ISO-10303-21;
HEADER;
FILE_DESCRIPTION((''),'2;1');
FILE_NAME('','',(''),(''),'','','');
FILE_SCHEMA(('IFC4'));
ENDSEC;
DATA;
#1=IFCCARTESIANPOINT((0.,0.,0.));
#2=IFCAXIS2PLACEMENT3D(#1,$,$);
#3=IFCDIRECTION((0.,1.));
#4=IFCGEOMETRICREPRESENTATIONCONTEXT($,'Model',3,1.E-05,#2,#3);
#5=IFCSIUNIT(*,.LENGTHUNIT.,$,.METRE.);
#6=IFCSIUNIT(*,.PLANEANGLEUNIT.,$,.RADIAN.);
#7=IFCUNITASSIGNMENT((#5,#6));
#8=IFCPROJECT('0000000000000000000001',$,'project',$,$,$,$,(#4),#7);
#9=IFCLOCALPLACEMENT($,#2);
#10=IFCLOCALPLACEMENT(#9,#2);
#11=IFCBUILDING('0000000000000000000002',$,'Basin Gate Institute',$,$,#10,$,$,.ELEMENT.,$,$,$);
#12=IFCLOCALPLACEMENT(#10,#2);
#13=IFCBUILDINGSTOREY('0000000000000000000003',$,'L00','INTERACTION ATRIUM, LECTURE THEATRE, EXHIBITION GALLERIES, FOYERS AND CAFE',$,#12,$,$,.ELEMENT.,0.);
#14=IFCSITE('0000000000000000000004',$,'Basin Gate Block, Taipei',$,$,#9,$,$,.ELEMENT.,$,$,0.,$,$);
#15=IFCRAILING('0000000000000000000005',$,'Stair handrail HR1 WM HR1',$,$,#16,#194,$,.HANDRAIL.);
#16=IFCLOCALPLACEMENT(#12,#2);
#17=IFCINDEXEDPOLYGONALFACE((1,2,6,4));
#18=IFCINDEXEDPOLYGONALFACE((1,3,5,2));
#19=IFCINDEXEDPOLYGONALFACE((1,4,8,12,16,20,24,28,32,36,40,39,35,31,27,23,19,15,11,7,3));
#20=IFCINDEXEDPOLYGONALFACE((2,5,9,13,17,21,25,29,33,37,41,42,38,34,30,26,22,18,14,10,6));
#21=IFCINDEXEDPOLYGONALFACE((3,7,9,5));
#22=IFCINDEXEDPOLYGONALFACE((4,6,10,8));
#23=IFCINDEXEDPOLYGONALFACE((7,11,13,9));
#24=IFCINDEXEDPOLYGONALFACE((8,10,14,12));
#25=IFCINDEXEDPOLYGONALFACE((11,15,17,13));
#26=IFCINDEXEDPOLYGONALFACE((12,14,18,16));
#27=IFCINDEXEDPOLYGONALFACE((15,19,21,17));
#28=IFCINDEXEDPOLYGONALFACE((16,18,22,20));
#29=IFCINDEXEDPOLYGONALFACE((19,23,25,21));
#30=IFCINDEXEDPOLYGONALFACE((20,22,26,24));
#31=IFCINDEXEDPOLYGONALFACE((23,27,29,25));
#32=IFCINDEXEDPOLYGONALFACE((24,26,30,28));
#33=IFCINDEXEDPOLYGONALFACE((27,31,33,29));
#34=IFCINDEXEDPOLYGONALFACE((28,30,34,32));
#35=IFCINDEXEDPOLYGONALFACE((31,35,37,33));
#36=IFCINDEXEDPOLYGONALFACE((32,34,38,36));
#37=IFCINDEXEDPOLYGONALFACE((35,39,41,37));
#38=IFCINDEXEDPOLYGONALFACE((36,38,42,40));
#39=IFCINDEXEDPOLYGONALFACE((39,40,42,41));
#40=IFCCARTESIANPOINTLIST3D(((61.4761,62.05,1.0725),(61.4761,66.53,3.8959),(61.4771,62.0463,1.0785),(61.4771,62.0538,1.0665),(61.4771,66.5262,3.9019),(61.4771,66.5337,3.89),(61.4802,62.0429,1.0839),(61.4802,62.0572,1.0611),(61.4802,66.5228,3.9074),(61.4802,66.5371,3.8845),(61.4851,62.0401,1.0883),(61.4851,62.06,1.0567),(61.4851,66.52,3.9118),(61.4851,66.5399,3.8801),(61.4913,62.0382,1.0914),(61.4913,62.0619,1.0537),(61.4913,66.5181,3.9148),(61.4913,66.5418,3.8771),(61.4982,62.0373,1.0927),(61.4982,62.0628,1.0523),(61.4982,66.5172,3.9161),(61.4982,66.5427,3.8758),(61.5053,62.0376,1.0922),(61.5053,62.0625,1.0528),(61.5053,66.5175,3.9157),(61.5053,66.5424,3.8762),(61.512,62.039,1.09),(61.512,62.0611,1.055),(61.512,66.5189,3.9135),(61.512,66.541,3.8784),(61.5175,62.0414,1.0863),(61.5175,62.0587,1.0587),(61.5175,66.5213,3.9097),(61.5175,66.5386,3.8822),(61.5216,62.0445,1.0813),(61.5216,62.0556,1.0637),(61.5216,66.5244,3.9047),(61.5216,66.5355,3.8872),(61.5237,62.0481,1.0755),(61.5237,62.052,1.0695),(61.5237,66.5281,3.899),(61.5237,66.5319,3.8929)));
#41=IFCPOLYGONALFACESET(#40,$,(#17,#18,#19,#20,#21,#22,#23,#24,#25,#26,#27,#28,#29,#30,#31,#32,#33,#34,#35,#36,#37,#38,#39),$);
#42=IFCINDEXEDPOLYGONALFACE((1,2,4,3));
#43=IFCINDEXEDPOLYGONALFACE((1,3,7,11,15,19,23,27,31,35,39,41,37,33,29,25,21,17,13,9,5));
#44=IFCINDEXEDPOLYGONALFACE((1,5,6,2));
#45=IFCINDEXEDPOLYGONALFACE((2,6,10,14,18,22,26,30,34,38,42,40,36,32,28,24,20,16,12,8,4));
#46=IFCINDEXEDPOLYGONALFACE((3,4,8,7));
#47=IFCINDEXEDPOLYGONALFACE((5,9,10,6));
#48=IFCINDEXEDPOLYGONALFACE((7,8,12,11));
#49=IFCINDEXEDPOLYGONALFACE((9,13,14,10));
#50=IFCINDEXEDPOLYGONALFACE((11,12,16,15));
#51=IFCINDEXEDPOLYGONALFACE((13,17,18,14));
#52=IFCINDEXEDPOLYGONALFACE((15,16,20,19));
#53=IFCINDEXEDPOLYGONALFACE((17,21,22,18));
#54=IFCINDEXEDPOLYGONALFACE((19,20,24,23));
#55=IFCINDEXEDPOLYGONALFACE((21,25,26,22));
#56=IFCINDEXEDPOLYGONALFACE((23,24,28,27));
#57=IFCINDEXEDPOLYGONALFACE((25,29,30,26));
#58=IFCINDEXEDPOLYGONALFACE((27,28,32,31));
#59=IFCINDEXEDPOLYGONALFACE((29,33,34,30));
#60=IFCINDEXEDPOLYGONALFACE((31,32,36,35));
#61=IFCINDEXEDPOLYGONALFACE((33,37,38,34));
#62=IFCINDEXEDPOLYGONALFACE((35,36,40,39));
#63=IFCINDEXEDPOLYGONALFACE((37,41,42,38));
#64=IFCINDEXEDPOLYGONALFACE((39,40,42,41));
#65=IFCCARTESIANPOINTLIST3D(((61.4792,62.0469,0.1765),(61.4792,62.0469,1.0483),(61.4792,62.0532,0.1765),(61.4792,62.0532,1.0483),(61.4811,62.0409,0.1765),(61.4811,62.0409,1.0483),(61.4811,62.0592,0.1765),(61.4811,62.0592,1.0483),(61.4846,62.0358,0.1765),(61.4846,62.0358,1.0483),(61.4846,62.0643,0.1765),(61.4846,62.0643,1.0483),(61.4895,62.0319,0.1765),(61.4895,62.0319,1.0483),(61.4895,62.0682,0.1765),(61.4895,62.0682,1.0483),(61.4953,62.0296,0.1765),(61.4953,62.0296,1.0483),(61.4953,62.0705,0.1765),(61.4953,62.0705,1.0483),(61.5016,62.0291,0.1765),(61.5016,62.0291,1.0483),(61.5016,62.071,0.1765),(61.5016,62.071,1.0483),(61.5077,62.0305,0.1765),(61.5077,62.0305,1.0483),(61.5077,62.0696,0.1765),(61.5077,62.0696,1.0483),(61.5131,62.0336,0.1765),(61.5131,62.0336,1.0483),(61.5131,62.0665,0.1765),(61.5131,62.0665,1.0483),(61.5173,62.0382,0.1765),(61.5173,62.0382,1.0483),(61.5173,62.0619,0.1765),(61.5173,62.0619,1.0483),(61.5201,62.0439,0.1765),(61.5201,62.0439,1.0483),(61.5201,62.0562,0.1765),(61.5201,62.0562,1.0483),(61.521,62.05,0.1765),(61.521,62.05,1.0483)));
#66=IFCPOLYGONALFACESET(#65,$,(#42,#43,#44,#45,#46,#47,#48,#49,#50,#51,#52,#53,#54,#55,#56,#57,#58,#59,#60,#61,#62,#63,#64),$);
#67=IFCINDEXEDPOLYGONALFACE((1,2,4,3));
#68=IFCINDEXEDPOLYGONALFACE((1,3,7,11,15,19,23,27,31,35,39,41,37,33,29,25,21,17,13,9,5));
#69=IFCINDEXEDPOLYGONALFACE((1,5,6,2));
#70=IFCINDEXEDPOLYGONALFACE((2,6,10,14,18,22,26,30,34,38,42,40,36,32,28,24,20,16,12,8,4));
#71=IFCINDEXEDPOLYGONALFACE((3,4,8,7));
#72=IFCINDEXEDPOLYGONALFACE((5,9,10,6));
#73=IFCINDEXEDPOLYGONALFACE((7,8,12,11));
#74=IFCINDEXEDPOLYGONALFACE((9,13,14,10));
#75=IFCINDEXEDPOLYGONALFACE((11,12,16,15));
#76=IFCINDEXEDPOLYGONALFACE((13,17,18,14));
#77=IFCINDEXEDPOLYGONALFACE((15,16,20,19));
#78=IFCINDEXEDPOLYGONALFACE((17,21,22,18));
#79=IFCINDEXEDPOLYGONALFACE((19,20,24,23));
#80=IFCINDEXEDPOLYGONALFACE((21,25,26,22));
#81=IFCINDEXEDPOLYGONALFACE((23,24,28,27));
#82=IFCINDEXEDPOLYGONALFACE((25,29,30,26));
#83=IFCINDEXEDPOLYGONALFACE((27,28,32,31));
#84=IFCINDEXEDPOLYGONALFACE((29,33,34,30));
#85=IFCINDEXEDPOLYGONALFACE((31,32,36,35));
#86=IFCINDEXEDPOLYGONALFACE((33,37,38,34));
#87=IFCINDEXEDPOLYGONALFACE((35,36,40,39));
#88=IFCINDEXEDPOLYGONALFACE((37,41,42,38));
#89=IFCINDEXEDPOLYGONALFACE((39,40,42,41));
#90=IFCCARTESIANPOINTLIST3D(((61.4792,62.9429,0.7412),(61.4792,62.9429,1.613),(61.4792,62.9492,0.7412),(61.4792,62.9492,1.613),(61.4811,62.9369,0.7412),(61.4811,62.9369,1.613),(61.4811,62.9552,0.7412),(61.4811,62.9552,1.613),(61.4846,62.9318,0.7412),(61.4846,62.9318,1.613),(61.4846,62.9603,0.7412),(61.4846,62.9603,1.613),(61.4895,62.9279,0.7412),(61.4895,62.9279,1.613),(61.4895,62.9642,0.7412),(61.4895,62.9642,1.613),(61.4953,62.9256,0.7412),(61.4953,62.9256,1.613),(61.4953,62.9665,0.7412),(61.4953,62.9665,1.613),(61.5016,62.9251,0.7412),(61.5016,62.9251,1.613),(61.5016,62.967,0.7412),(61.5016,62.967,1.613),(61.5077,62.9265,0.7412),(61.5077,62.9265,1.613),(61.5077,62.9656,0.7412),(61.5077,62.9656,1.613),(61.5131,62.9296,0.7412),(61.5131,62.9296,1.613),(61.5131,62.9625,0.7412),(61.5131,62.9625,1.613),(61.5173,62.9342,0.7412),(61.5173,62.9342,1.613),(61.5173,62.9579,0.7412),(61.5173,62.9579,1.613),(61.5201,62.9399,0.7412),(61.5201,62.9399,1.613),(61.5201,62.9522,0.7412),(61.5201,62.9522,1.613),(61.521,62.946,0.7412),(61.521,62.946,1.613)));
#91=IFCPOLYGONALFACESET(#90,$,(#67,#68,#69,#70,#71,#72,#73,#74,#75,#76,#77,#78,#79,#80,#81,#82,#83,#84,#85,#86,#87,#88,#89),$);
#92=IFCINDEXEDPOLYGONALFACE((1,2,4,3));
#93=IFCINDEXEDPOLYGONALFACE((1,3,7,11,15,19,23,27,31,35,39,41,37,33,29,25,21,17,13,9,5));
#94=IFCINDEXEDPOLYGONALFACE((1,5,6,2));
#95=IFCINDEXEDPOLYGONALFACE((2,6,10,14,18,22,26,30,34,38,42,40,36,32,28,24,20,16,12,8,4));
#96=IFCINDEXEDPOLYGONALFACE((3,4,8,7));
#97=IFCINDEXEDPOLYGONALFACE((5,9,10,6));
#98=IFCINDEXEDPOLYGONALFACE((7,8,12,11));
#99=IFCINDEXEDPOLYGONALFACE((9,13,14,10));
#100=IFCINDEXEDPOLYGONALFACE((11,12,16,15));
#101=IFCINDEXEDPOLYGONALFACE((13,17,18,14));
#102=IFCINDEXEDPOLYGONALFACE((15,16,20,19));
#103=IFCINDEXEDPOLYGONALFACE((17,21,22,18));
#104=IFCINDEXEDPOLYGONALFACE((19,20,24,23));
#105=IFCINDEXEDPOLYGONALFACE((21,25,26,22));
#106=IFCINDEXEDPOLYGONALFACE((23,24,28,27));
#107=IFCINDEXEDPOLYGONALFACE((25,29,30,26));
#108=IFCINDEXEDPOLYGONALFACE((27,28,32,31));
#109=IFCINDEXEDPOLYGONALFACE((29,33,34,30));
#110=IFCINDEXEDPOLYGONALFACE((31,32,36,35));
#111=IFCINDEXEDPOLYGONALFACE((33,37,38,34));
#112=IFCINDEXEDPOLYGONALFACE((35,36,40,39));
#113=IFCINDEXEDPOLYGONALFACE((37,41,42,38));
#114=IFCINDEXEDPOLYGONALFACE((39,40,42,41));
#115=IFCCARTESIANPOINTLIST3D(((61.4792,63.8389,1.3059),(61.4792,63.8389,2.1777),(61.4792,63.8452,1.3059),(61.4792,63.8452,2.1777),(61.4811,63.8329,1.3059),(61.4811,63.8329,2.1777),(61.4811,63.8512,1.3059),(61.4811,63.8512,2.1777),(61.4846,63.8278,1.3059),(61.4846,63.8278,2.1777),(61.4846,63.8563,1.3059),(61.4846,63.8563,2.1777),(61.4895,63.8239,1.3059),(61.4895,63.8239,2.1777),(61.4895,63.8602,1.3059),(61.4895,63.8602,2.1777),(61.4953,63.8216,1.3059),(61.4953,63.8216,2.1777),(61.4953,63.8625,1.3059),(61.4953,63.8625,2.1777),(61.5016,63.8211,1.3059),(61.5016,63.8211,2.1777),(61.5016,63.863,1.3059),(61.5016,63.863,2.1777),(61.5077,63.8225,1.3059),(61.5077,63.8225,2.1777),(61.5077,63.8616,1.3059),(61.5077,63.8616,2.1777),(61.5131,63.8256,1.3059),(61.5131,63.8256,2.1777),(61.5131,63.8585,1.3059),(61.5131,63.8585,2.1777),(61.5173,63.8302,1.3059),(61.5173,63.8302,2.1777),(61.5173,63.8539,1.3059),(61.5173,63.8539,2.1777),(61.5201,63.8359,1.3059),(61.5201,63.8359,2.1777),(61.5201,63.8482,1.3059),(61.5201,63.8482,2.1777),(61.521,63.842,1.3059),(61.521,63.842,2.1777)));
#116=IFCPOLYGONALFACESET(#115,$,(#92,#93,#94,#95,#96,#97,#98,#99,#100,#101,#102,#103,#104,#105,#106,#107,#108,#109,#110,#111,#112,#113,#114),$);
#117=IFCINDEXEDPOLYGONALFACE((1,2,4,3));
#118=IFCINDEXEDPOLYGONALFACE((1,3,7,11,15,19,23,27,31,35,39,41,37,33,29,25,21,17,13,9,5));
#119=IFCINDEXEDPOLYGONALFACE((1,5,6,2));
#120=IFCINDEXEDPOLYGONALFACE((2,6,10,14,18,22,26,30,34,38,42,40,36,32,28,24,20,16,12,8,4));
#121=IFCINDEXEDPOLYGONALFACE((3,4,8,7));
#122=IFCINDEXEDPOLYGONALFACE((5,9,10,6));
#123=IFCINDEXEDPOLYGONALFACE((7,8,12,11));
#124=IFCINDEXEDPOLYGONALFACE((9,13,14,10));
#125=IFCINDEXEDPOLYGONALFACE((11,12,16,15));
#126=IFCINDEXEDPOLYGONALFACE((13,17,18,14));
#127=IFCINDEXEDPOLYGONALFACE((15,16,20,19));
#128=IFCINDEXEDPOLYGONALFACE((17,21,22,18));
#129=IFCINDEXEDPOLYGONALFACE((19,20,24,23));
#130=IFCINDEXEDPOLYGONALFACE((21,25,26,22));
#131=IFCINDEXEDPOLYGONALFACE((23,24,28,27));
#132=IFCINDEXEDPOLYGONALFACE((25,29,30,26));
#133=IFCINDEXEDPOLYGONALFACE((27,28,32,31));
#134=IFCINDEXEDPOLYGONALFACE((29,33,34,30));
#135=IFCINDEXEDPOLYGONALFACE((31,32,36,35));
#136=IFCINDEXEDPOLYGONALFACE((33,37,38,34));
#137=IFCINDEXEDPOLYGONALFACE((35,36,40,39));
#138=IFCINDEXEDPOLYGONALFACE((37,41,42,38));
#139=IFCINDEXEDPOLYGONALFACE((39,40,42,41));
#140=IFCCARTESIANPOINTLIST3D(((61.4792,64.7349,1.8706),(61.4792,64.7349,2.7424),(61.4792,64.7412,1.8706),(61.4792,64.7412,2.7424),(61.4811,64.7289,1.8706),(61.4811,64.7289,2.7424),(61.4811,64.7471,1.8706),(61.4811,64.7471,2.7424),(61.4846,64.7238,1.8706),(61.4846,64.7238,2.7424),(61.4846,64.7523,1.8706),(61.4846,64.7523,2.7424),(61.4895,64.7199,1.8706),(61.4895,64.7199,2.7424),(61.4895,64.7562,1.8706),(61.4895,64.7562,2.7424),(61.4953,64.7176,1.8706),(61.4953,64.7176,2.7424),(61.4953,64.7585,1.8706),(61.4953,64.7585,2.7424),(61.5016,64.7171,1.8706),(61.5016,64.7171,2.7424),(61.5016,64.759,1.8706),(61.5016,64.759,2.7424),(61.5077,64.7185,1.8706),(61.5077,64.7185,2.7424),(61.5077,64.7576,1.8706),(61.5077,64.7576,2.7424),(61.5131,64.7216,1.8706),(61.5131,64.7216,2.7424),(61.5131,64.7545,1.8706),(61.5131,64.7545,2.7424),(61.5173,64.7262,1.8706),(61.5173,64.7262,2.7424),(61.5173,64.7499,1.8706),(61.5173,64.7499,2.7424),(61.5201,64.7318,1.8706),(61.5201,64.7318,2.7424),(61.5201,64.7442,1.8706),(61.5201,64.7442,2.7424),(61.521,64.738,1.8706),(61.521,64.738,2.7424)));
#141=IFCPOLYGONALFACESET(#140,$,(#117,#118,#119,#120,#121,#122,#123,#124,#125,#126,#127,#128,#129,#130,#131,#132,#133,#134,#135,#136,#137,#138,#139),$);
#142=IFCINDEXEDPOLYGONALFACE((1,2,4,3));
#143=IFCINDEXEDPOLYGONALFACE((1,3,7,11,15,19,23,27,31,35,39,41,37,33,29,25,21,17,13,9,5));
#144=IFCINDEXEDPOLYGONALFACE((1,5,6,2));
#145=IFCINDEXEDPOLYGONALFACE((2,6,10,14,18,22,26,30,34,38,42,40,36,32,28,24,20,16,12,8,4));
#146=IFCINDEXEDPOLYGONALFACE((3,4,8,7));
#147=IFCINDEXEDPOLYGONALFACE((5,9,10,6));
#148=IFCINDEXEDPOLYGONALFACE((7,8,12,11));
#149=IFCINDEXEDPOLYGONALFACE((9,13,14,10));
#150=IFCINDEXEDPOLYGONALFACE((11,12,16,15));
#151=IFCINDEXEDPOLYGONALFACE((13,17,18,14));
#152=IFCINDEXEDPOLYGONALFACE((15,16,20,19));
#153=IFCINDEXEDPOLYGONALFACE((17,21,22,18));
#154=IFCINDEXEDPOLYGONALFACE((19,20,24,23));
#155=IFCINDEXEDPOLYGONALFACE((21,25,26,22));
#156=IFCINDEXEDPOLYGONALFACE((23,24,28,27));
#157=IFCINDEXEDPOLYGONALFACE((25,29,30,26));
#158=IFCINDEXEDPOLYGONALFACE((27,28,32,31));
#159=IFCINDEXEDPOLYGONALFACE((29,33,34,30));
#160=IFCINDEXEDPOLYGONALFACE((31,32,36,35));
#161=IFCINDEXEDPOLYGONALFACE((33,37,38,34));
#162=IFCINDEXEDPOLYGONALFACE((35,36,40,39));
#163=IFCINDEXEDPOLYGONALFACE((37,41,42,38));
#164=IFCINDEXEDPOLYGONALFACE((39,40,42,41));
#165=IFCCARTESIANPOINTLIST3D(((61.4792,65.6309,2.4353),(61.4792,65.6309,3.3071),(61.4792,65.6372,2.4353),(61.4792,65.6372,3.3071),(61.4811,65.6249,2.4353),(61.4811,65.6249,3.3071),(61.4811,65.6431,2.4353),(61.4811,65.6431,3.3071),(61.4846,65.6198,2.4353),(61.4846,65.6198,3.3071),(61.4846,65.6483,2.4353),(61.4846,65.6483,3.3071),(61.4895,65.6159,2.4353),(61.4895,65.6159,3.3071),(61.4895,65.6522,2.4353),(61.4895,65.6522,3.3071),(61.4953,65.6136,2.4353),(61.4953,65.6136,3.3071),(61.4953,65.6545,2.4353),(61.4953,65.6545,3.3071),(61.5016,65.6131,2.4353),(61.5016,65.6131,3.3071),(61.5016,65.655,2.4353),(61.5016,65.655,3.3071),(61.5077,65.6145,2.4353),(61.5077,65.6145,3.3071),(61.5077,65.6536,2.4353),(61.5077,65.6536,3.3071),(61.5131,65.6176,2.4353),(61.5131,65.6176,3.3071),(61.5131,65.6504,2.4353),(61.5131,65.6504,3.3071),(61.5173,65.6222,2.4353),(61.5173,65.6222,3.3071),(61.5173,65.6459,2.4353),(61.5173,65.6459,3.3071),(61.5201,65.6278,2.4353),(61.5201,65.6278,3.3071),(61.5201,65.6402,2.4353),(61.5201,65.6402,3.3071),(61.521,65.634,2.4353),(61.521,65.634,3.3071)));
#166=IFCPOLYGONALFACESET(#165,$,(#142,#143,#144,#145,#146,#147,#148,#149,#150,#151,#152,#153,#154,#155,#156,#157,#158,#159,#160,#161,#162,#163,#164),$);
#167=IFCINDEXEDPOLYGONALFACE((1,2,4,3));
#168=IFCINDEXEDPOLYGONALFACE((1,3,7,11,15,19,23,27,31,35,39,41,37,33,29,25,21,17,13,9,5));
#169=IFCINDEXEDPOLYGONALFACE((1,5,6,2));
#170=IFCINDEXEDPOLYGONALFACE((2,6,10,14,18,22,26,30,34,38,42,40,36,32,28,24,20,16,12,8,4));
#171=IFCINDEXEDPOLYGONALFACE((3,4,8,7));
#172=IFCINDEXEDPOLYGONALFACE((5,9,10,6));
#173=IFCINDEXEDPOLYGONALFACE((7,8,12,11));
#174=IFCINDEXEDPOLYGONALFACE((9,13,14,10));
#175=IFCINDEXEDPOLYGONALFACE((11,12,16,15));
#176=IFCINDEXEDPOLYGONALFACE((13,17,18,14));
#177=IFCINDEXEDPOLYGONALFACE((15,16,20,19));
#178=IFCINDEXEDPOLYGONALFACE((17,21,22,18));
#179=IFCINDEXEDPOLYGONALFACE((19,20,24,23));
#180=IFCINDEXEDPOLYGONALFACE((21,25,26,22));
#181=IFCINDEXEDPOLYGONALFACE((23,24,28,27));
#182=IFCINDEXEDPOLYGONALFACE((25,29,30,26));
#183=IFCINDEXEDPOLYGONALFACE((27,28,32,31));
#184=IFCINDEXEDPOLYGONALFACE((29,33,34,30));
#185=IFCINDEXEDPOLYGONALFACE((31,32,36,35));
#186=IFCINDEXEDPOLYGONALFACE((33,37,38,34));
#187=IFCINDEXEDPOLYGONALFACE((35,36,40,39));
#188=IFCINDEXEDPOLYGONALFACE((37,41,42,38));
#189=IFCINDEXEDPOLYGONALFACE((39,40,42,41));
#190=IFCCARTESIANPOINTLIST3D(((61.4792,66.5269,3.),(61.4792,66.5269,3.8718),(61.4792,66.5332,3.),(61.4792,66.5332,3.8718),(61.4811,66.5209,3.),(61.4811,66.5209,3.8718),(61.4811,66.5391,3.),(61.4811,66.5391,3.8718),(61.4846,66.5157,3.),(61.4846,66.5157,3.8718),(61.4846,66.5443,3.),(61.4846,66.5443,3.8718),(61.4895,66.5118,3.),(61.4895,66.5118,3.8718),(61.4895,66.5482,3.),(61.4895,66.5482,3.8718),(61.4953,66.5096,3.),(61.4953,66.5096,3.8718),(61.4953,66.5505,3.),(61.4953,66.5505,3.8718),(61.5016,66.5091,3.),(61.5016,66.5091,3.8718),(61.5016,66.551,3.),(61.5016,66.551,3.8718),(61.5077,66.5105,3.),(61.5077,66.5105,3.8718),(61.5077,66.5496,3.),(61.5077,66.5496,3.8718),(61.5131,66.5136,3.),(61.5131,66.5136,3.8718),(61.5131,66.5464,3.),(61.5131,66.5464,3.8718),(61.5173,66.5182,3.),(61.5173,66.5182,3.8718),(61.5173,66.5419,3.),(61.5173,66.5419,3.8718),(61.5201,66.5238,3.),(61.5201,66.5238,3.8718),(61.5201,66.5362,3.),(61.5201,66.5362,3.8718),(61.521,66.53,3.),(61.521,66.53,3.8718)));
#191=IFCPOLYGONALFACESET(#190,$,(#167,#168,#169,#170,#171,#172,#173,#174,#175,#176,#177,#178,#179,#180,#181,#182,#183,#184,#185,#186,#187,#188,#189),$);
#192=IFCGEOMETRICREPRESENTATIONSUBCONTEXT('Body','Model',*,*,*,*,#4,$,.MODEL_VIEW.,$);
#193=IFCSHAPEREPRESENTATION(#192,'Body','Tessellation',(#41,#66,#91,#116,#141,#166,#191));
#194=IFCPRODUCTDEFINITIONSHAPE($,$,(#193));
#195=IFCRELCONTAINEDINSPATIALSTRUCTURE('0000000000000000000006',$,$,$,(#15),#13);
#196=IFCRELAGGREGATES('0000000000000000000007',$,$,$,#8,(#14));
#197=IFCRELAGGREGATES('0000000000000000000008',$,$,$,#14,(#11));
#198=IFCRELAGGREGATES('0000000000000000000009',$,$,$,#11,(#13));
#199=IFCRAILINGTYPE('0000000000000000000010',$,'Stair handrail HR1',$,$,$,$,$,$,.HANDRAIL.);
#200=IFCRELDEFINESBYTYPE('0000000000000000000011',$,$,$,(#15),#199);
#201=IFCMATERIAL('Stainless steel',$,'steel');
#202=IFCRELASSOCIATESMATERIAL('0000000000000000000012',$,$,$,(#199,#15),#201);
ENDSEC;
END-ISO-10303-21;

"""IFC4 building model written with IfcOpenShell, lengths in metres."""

from ifc_helpers import new_model, si_unit, direction, frame, origin, origin_2d, place, context, subcontext, project, spatial, circle, extrude, material, type_object, element, save


model = new_model("IFC4")

# Units and contexts
model_context = context("Model", 3, precision=1e-05, world=origin(), true_north=direction((0.0, 1.0)))
body_context = subcontext(model_context, "Body", "Model", "MODEL_VIEW")
ifc_project = project(units=[si_unit("LENGTHUNIT", "METRE"), si_unit("PLANEANGLEUNIT", "RADIAN")], contexts=[model_context])

# Site, building, storey
site_placement = place(None, origin())
site = spatial("IfcSite", under=ifc_project, at=site_placement, Name="Basin Gate Block, Taipei", CompositionType="ELEMENT", RefElevation=0.0)
building_placement = place(site_placement, origin())
building = spatial("IfcBuilding", under=site, at=building_placement, Name="Basin Gate Institute", CompositionType="ELEMENT")
storey_placement = place(building_placement, origin())
storey = spatial("IfcBuildingStorey", under=building, at=storey_placement, Name="L00", Description="INTERACTION ATRIUM, LECTURE THEATRE, EXHIBITION GALLERIES, FOYERS AND CAFE", CompositionType="ELEMENT", Elevation=0.0)

# Railing
ifc_material_1 = material(Name="Stainless steel", Category="steel")
railing_type_1 = type_object("IfcRailingType", Name="Stair handrail HR1", PredefinedType="HANDRAIL", material=ifc_material_1)
railing_placement = place(storey_placement, frame((61.5, 62.05, 0.1765)))
element("IfcRailing", 1, at=railing_placement, inside=storey, type_object=railing_type_1, material=ifc_material_1, Name="Stair handrail HR1 WM HR1", PredefinedType="HANDRAIL", context=body_context, shape_type="SweptSolid", body=[
    extrude(circle(Radius=0.0239, at=origin_2d()), frame((0.0, 0.0, 0.896), z_axis=(0.0, 0.845998, 0.533186), x_axis=(-1.0, 0.0, 0.0)), (0.0, 0.0, 1.0), 5.2954),
    extrude(circle(Radius=0.021, at=origin_2d()), origin(), (0.0, 0.0, 1.0), 0.8718),
    extrude(circle(Radius=0.021, at=origin_2d()), frame((0.0, 0.896, 0.5647)), (0.0, 0.0, 1.0), 0.8718),
    extrude(circle(Radius=0.021, at=origin_2d()), frame((0.0, 1.792, 1.1294)), (0.0, 0.0, 1.0), 0.8718),
    extrude(circle(Radius=0.021, at=origin_2d()), frame((0.0, 2.688, 1.6941)), (0.0, 0.0, 1.0), 0.8718),
    extrude(circle(Radius=0.021, at=origin_2d()), frame((0.0, 3.584, 2.2588)), (0.0, 0.0, 1.0), 0.8718),
    extrude(circle(Radius=0.021, at=origin_2d()), frame((0.0, 4.48, 2.8235)), (0.0, 0.0, 1.0), 0.8718),
])

save(model, "model.ifc")
